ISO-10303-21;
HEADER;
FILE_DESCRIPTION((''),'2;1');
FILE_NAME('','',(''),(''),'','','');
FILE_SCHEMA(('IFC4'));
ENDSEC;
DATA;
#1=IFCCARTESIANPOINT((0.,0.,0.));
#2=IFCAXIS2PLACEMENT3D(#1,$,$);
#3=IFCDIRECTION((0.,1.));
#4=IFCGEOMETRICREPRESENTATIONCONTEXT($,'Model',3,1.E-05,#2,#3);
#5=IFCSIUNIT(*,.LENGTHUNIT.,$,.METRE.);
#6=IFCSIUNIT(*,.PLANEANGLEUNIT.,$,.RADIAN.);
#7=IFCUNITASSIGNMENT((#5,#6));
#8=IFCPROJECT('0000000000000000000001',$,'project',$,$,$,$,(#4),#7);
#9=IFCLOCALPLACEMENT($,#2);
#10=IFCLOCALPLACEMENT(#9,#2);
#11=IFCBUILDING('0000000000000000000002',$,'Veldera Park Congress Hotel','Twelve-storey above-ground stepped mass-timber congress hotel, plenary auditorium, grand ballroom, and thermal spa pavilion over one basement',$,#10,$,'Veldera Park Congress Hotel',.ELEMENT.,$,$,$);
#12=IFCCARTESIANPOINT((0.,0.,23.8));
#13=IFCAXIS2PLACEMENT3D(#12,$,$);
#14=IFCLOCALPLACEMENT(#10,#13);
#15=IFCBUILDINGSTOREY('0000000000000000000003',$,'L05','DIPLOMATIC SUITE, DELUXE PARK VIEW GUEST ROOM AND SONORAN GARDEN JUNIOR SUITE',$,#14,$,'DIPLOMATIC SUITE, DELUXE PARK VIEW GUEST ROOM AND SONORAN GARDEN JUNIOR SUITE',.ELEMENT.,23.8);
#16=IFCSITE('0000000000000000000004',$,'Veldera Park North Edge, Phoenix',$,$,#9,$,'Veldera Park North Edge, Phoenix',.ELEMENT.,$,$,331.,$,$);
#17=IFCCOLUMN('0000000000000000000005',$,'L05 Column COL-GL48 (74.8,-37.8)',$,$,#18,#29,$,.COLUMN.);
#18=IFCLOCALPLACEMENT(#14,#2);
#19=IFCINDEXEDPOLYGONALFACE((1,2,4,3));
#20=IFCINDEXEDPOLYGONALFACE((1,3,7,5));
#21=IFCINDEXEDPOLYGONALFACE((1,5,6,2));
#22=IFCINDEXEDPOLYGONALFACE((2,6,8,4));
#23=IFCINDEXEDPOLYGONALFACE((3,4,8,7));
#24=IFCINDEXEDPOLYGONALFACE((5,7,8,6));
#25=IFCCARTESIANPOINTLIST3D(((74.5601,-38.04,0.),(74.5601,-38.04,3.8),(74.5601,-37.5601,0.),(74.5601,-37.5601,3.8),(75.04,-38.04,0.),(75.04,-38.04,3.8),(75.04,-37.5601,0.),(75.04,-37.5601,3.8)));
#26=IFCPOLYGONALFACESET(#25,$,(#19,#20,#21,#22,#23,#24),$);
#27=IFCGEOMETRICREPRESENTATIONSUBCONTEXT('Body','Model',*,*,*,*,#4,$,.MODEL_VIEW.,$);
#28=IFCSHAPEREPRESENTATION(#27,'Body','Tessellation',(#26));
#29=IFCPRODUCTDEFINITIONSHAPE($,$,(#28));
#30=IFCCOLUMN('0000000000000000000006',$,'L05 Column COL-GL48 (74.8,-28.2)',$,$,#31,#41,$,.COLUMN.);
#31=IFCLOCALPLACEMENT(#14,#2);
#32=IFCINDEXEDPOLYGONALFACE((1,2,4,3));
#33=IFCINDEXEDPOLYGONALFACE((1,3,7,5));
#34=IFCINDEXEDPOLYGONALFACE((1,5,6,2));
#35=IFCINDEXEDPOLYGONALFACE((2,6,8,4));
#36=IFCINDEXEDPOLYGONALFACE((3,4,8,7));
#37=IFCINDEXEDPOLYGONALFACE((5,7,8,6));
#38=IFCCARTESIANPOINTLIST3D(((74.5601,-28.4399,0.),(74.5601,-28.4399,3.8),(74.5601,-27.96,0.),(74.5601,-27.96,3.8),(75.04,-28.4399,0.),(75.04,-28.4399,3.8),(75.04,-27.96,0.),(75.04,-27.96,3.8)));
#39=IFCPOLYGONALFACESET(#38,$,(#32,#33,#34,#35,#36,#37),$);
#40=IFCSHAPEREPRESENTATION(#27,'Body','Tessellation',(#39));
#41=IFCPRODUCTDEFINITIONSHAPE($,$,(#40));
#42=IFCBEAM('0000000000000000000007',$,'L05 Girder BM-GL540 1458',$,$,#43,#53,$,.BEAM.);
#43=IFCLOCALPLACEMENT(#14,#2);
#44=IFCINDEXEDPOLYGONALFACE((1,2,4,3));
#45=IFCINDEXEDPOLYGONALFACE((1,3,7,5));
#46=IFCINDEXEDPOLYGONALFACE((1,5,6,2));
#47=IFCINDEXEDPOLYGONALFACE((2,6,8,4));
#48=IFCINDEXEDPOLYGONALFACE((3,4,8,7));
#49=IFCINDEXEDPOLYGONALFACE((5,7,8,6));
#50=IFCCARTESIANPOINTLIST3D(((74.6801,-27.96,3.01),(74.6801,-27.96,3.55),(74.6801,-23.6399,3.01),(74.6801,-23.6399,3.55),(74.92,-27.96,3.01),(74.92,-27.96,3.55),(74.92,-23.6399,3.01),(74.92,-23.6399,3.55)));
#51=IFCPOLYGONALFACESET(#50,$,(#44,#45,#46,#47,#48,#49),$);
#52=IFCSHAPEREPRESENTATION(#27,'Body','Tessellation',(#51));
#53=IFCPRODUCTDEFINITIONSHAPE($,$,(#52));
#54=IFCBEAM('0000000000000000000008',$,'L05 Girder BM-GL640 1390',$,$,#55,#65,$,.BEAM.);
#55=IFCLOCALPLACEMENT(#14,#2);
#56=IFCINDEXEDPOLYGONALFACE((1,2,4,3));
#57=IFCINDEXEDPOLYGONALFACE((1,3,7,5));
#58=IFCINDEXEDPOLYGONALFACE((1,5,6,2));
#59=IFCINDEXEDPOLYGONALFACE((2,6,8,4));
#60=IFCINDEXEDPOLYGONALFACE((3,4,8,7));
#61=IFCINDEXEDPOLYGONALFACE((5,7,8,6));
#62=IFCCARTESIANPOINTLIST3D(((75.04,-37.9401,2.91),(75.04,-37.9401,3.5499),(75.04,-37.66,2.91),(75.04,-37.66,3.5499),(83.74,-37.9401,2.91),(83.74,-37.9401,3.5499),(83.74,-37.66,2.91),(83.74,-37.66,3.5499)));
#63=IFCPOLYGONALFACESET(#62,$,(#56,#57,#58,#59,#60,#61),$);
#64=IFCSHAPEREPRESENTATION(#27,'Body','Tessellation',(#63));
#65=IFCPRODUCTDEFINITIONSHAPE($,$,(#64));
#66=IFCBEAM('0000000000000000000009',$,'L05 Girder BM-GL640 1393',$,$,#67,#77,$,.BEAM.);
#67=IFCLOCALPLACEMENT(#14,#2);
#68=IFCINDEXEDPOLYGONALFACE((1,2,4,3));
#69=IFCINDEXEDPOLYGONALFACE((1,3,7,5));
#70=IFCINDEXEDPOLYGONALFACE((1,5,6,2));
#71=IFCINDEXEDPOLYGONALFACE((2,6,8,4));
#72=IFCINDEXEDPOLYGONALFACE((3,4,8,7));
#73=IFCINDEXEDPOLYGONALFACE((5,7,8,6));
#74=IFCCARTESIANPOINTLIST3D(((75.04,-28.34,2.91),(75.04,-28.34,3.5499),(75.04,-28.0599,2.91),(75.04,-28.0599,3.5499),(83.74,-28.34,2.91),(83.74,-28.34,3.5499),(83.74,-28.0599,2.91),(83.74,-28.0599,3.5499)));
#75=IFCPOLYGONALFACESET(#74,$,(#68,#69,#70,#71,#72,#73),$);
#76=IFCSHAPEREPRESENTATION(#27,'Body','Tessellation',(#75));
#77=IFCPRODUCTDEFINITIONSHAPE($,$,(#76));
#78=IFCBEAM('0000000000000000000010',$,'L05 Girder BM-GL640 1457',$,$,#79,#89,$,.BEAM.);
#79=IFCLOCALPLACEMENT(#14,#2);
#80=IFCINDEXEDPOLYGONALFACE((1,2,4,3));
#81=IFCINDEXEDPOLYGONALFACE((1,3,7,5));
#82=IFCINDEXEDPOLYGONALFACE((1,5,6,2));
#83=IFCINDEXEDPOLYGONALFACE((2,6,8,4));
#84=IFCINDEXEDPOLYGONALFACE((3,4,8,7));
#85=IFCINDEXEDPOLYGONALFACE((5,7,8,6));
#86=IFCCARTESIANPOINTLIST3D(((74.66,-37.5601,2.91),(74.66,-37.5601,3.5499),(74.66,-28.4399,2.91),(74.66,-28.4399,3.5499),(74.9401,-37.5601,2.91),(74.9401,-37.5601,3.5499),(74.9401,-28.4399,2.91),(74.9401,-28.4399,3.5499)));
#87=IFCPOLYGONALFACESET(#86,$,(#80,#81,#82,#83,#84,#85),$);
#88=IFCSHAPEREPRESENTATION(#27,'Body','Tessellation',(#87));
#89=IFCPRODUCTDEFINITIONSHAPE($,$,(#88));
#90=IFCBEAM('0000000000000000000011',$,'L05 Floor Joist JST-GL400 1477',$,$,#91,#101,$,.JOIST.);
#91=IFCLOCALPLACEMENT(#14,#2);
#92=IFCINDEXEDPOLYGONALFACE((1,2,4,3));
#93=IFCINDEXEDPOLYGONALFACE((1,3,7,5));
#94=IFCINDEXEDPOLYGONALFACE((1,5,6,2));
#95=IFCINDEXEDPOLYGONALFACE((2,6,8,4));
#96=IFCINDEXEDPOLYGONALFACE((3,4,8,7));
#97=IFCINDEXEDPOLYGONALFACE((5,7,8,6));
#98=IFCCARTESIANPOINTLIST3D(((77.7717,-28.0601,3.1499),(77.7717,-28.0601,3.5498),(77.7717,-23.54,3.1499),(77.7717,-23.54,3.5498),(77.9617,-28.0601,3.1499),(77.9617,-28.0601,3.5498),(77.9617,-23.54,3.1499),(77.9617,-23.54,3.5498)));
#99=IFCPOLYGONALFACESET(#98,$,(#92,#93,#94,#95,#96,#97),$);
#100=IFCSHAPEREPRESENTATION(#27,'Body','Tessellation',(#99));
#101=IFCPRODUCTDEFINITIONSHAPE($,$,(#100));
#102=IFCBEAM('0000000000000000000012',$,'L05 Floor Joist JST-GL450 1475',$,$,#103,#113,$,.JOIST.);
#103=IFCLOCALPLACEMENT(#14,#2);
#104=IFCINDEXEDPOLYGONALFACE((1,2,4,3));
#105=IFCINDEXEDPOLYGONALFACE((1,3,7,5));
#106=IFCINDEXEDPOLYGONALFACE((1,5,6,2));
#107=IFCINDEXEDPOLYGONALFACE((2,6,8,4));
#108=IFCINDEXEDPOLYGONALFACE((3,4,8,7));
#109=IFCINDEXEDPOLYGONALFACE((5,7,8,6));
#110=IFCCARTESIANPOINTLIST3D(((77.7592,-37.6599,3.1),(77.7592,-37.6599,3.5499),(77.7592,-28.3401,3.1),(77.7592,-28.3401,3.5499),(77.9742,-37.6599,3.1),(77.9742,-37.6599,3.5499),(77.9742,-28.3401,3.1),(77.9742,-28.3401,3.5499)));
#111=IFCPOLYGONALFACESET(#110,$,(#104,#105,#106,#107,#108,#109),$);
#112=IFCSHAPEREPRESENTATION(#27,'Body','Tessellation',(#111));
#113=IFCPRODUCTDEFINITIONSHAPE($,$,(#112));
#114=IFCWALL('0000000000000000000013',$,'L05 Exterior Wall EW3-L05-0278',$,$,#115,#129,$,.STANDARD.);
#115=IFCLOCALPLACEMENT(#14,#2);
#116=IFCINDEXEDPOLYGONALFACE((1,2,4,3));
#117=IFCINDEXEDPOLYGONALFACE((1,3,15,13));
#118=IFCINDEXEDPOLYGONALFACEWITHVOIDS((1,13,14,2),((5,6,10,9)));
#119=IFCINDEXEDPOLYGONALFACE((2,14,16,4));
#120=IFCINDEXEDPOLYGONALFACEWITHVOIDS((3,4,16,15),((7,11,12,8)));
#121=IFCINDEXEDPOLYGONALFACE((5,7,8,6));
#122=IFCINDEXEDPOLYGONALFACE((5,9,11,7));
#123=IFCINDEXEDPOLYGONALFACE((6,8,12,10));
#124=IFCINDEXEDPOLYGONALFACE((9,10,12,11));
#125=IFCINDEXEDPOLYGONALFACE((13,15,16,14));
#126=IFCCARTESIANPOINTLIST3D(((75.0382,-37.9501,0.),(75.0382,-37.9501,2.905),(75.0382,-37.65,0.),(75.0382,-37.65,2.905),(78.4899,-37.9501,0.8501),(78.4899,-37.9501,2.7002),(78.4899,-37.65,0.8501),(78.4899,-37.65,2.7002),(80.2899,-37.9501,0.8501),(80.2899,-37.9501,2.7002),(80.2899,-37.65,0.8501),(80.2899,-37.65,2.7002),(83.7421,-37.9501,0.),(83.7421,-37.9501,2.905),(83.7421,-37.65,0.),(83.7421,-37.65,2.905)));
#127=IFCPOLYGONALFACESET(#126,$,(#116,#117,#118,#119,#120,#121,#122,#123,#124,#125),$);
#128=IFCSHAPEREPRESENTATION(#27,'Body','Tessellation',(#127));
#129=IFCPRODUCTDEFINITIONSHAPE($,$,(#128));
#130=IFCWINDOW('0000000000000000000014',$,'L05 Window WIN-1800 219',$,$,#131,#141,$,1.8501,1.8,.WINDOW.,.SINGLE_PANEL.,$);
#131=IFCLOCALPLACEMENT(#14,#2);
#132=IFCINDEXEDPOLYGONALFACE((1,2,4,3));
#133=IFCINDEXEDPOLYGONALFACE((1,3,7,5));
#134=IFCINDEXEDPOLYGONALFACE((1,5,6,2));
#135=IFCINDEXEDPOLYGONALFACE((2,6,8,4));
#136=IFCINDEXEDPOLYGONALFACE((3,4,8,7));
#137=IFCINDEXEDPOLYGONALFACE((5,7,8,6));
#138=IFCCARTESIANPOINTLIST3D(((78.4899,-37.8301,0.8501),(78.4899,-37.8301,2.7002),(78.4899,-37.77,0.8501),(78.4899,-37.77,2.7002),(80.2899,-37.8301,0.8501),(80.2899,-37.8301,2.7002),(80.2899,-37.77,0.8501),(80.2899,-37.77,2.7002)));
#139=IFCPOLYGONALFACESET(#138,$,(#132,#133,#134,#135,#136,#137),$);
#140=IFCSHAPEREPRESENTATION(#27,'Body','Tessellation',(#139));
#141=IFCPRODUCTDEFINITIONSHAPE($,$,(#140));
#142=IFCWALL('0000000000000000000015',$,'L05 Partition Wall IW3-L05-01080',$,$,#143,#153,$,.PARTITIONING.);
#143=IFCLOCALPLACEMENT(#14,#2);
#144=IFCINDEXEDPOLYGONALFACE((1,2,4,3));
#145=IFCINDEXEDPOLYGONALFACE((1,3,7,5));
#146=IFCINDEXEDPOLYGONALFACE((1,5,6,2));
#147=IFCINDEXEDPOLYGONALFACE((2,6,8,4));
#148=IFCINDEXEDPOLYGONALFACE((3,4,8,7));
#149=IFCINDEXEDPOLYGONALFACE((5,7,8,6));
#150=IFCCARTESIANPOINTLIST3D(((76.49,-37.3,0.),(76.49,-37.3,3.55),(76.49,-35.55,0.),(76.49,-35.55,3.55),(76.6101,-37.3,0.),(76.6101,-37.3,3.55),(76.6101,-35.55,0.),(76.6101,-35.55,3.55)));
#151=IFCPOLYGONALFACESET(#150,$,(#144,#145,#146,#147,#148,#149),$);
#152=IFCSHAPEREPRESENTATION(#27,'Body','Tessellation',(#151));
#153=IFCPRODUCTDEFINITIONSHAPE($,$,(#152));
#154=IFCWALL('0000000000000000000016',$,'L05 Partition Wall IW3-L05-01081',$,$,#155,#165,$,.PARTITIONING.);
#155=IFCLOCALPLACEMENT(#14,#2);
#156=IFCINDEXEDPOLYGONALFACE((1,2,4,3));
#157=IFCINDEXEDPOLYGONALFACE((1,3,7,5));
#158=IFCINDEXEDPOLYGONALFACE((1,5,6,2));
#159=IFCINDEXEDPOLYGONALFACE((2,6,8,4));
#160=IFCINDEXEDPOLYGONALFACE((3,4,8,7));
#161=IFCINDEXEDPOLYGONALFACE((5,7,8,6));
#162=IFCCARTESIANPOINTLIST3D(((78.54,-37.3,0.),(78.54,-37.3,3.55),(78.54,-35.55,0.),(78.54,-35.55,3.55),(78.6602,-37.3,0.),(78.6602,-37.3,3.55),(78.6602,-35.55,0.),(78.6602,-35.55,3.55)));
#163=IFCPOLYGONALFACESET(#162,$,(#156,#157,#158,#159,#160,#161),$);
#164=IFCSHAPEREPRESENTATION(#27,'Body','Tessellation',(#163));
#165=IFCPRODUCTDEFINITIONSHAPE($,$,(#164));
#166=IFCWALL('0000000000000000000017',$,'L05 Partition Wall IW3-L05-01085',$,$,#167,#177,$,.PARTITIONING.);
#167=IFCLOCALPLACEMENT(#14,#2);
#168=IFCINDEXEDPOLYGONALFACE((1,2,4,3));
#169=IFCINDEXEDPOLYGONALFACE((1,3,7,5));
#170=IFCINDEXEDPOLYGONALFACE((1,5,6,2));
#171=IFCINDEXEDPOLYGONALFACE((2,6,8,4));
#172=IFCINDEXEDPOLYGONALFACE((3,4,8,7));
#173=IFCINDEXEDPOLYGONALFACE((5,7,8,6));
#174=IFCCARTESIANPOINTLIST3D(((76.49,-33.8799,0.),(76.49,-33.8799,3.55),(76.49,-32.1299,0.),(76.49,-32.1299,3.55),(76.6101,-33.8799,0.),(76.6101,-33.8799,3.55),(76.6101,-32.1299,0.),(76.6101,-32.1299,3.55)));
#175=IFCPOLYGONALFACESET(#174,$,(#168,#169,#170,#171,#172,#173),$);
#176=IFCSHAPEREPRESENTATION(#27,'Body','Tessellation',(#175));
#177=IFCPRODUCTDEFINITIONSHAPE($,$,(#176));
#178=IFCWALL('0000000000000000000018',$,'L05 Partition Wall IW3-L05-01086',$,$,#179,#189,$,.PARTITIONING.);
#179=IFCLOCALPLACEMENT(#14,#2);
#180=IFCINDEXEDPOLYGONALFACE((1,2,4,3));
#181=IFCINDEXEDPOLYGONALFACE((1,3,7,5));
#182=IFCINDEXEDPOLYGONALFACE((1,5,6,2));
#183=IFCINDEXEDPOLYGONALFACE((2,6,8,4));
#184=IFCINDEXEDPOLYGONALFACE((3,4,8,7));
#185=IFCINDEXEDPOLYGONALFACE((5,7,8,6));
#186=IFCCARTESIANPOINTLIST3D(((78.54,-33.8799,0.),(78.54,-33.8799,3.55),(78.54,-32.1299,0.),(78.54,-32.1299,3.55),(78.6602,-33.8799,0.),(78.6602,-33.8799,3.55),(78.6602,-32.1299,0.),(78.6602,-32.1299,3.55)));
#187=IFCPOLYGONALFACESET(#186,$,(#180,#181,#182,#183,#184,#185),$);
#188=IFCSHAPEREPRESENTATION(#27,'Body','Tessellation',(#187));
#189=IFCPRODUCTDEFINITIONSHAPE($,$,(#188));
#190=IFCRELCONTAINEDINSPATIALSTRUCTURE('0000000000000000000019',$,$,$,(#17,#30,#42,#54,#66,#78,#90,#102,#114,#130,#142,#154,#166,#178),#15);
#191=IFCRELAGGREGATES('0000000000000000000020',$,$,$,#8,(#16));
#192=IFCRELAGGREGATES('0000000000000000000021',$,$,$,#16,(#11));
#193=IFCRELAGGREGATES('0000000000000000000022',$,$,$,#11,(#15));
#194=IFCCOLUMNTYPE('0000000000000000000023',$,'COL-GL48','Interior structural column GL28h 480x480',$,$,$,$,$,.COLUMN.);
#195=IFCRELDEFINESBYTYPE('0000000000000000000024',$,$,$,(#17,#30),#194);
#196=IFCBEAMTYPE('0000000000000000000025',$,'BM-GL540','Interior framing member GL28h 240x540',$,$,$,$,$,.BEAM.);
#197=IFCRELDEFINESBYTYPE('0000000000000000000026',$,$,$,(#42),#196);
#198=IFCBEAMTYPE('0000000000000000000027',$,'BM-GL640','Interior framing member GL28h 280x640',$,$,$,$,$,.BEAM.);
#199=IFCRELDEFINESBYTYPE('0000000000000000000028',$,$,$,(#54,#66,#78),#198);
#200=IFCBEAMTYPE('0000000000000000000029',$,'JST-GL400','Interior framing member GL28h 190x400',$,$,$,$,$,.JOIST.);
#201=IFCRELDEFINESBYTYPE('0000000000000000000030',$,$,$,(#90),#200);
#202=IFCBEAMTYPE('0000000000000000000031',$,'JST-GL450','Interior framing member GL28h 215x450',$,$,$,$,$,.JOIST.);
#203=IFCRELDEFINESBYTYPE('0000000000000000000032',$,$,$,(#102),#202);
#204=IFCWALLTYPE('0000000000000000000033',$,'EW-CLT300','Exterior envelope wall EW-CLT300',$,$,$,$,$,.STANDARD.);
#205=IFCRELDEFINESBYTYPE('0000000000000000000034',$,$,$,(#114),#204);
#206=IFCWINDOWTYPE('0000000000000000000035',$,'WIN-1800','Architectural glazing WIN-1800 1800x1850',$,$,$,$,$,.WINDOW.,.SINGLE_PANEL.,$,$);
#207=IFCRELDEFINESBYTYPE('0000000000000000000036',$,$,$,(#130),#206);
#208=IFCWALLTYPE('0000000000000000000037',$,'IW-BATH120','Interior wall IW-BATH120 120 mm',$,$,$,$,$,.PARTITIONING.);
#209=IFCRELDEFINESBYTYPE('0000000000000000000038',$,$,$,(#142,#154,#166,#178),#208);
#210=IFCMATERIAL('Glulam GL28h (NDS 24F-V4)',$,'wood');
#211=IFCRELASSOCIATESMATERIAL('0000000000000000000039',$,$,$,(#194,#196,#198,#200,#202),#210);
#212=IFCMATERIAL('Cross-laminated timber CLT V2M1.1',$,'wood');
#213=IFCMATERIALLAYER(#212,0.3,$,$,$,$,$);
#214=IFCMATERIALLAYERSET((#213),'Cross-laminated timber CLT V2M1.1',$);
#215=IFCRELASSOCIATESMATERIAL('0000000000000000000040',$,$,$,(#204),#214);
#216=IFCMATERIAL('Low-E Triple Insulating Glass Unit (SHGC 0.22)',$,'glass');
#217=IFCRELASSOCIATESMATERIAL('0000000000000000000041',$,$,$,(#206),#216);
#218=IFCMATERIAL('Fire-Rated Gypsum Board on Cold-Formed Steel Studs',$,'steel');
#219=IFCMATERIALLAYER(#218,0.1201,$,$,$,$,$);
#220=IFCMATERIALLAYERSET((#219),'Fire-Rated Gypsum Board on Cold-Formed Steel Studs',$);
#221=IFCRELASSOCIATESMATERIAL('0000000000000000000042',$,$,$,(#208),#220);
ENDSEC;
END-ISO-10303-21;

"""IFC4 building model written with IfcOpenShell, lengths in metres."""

from ifc_helpers import new_model, si_unit, direction, frame, frame_2d, origin, origin_2d, place, context, subcontext, project, spatial, rectangle, extrude, material, layer, layer_set, material_profile, profile_set, type_object, element, fill, save


model = new_model("IFC4")

# Units and contexts
model_context = context("Model", 3, precision=1e-05, world=origin(), true_north=direction((0.0, 1.0)))
body_context = subcontext(model_context, "Body", "Model", "MODEL_VIEW")
ifc_project = project(units=[si_unit("LENGTHUNIT", "METRE"), si_unit("PLANEANGLEUNIT", "RADIAN")], contexts=[model_context])

# Site, building, storey
site_placement = place(None, origin())
site = spatial("IfcSite", under=ifc_project, at=site_placement, Name="Veldera Park North Edge, Phoenix", LongName="Veldera Park North Edge, Phoenix", CompositionType="ELEMENT", RefElevation=331.0)
building_placement = place(site_placement, origin())
building = spatial("IfcBuilding", under=site, at=building_placement, Name="Veldera Park Congress Hotel", Description="Twelve-storey above-ground stepped mass-timber congress hotel, plenary auditorium, grand ballroom, and thermal spa pavilion over one basement", LongName="Veldera Park Congress Hotel", CompositionType="ELEMENT")
storey_placement = place(building_placement, frame((0.0, 0.0, 23.8)))
storey = spatial("IfcBuildingStorey", under=building, at=storey_placement, Name="L05", Description="DIPLOMATIC SUITE, DELUXE PARK VIEW GUEST ROOM AND SONORAN GARDEN JUNIOR SUITE", LongName="DIPLOMATIC SUITE, DELUXE PARK VIEW GUEST ROOM AND SONORAN GARDEN JUNIOR SUITE", CompositionType="ELEMENT", Elevation=23.8)

# Columns
ifc_material_1 = material(Name="Glulam GL28h (NDS 24F-V4)", Category="wood")
ifc_material_profile_1 = material_profile(ifc_material_1, rectangle(XDim=0.48, YDim=0.48, at=origin_2d()), Name="GL28h 480x480")
ifc_profile_set_1 = profile_set([ifc_material_profile_1], Name="Glulam GL28h (NDS 24F-V4)")
column_type = type_object("IfcColumnType", Name="COL-GL48", Description="Interior structural column GL28h 480x480", PredefinedType="COLUMN", material=ifc_profile_set_1)
for number, where, z_axis, x_axis, name in (
    (1, (74.8, -37.8, 0.0), (0.0, 0.0, 1.0), (1.0, 0.0, 0.0), "L05 Column COL-GL48 (74.8,-37.8)"),
    (2, (74.8, -28.2, 0.0), (0.0, 0.0, 1.0), (1.0, 0.0, 0.0), "L05 Column COL-GL48 (74.8,-28.2)"),
):
    element("IfcColumn", number, at=place(storey_placement, frame(where, z_axis=z_axis, x_axis=x_axis)), inside=storey, type_object=column_type, Name=name, PredefinedType="COLUMN", context=body_context, shape_type="SweptSolid", body=[
        extrude(rectangle(XDim=0.48, YDim=0.48, at=origin_2d()), origin(), (0.0, 0.0, 1.0), 3.8),
    ])

# Beams
ifc_material_profile_2 = material_profile(ifc_material_1, rectangle(XDim=0.24, YDim=0.54, at=origin_2d()), Name="GL28h 240x540")
ifc_profile_set_2 = profile_set([ifc_material_profile_2], Name="Glulam GL28h (NDS 24F-V4)")
beam_type_1 = type_object("IfcBeamType", Name="BM-GL540", Description="Interior framing member GL28h 240x540", PredefinedType="BEAM", material=ifc_profile_set_2)
beam_1_placement = place(storey_placement, frame((74.8, -27.96, 3.28), z_axis=(0.0, 1.0, 0.0), x_axis=(-1.0, 0.0, 0.0)))
element("IfcBeam", 3, at=beam_1_placement, inside=storey, type_object=beam_type_1, Name="L05 Girder BM-GL540 1458", PredefinedType="BEAM", context=body_context, shape_type="SweptSolid", body=[
    extrude(rectangle(XDim=0.24, YDim=0.54, at=origin_2d()), origin(), (0.0, 0.0, 1.0), 4.3201),
])
ifc_material_profile_3 = material_profile(ifc_material_1, rectangle(XDim=0.28, YDim=0.6399, at=origin_2d()), Name="GL28h 280x640")
ifc_profile_set_3 = profile_set([ifc_material_profile_3], Name="Glulam GL28h (NDS 24F-V4)")
beam_type_2 = type_object("IfcBeamType", Name="BM-GL640", Description="Interior framing member GL28h 280x640", PredefinedType="BEAM", material=ifc_profile_set_3)
for number, where, z_axis, x_axis, name in (
    (4, (75.04, -37.8, 3.23), (1.0, 0.0, 0.0), (0.0, 1.0, 0.0), "L05 Girder BM-GL640 1390"),
    (5, (75.04, -28.2, 3.23), (1.0, 0.0, 0.0), (0.0, 1.0, 0.0), "L05 Girder BM-GL640 1393"),
):
    element("IfcBeam", number, at=place(storey_placement, frame(where, z_axis=z_axis, x_axis=x_axis)), inside=storey, type_object=beam_type_2, Name=name, PredefinedType="BEAM", context=body_context, shape_type="SweptSolid", body=[
        extrude(rectangle(XDim=0.28, YDim=0.6399, at=origin_2d()), origin(), (0.0, 0.0, 1.0), 8.7),
    ])
beam_2_placement = place(storey_placement, frame((74.8, -37.5601, 3.23), z_axis=(0.0, 1.0, 0.0), x_axis=(-1.0, 0.0, 0.0)))
element("IfcBeam", 6, at=beam_2_placement, inside=storey, type_object=beam_type_2, Name="L05 Girder BM-GL640 1457", PredefinedType="BEAM", context=body_context, shape_type="SweptSolid", body=[
    extrude(rectangle(XDim=0.28, YDim=0.6399, at=origin_2d()), origin(), (0.0, 0.0, 1.0), 9.1201),
])
ifc_material_profile_4 = material_profile(ifc_material_1, rectangle(XDim=0.1899, YDim=0.3999, at=origin_2d()), Name="GL28h 190x400")
ifc_profile_set_4 = profile_set([ifc_material_profile_4], Name="Glulam GL28h (NDS 24F-V4)")
beam_type_3 = type_object("IfcBeamType", Name="JST-GL400", Description="Interior framing member GL28h 190x400", PredefinedType="JOIST", material=ifc_profile_set_4)
beam_3_placement = place(storey_placement, frame((77.8667, -28.0601, 3.3499), z_axis=(0.0, 1.0, 0.0), x_axis=(-1.0, 0.0, 0.0)))
element("IfcBeam", 7, at=beam_3_placement, inside=storey, type_object=beam_type_3, Name="L05 Floor Joist JST-GL400 1477", PredefinedType="JOIST", context=body_context, shape_type="SweptSolid", body=[
    extrude(rectangle(XDim=0.1899, YDim=0.3999, at=origin_2d()), origin(), (0.0, 0.0, 1.0), 4.52),
])
ifc_material_profile_5 = material_profile(ifc_material_1, rectangle(XDim=0.2151, YDim=0.45, at=origin_2d()), Name="GL28h 215x450")
ifc_profile_set_5 = profile_set([ifc_material_profile_5], Name="Glulam GL28h (NDS 24F-V4)")
beam_type_4 = type_object("IfcBeamType", Name="JST-GL450", Description="Interior framing member GL28h 215x450", PredefinedType="JOIST", material=ifc_profile_set_5)
beam_4_placement = place(storey_placement, frame((77.8667, -37.6599, 3.325), z_axis=(0.0, 1.0, 0.0), x_axis=(-1.0, 0.0, 0.0)))
element("IfcBeam", 8, at=beam_4_placement, inside=storey, type_object=beam_type_4, Name="L05 Floor Joist JST-GL450 1475", PredefinedType="JOIST", context=body_context, shape_type="SweptSolid", body=[
    extrude(rectangle(XDim=0.2151, YDim=0.45, at=origin_2d()), origin(), (0.0, 0.0, 1.0), 9.3198),
])

# Wall, opening, window
ifc_material_2 = material(Name="Cross-laminated timber CLT V2M1.1", Category="wood")
ifc_layer_1 = layer(ifc_material_2, 0.3)
ifc_layer_set_1 = layer_set([ifc_layer_1], Name="Cross-laminated timber CLT V2M1.1")
wall_type_1 = type_object("IfcWallType", Name="EW-CLT300", Description="Exterior envelope wall EW-CLT300", PredefinedType="STANDARD", material=ifc_layer_set_1)
wall_1_placement = place(storey_placement, frame((75.0381, -37.8, 0.0), z_axis=(0.0, 0.0, 1.0), x_axis=(1.0, 0.0, 0.0)))
wall_1 = element("IfcWall", 9, at=wall_1_placement, inside=storey, type_object=wall_type_1, Name="L05 Exterior Wall EW3-L05-0278", PredefinedType="STANDARD", context=body_context, shape_type="SweptSolid", body=[
    extrude(rectangle(XDim=8.7039, YDim=0.3, at=frame_2d((4.3521, 0.0))), origin(), (0.0, 0.0, 1.0), 2.905),
])
opening_1_placement = place(wall_1_placement, frame((3.4519, 0.0, 0.8501)))
opening_1 = element("IfcOpeningElement", 10, at=opening_1_placement, cuts=wall_1, PredefinedType="OPENING", context=body_context, shape_type="SweptSolid", body=[
    extrude(rectangle(XDim=1.8, YDim=1.8501, at=frame_2d((0.8999, 0.925))), frame((0.0, 0.1621, 0.0), z_axis=(0.0, -1.0, 0.0), x_axis=(1.0, 0.0, 0.0)), (0.0, 0.0, 1.0), 0.324),
])
ifc_material_3 = material(Name="Low-E Triple Insulating Glass Unit (SHGC 0.22)", Category="glass")
window_type = type_object("IfcWindowType", Name="WIN-1800", Description="Architectural glazing WIN-1800 1800x1850", PartitioningType="SINGLE_PANEL", PredefinedType="WINDOW", material=ifc_material_3)
window_placement = place(opening_1_placement, origin())
window = element("IfcWindow", 11, at=window_placement, inside=storey, type_object=window_type, Name="L05 Window WIN-1800 219", OverallHeight=1.8501, OverallWidth=1.8, PartitioningType="SINGLE_PANEL", PredefinedType="WINDOW", context=body_context, shape_type="SweptSolid", body=[
    extrude(rectangle(XDim=1.8, YDim=1.8501, at=frame_2d((0.8999, 0.925))), frame((0.0, 0.03, 0.0), z_axis=(0.0, -1.0, 0.0), x_axis=(1.0, 0.0, 0.0)), (0.0, 0.0, 1.0), 0.0601),
])
fill(opening_1, window)

# Walls
ifc_material_4 = material(Name="Fire-Rated Gypsum Board on Cold-Formed Steel Studs", Category="steel")
ifc_layer_2 = layer(ifc_material_4, 0.1201)
ifc_layer_set_2 = layer_set([ifc_layer_2], Name="Fire-Rated Gypsum Board on Cold-Formed Steel Studs")
wall_type_2 = type_object("IfcWallType", Name="IW-BATH120", Description="Interior wall IW-BATH120 120 mm", PredefinedType="PARTITIONING", material=ifc_layer_set_2)
for number, where, z_axis, x_axis, name in (
    (12, (76.55, -37.3, 0.0), (0.0, 0.0, 1.0), (0.0, 1.0, 0.0), "L05 Partition Wall IW3-L05-01080"),
    (13, (78.6001, -37.3, 0.0), (0.0, 0.0, 1.0), (0.0, 1.0, 0.0), "L05 Partition Wall IW3-L05-01081"),
):
    element("IfcWall", number, at=place(storey_placement, frame(where, z_axis=z_axis, x_axis=x_axis)), inside=storey, type_object=wall_type_2, Name=name, PredefinedType="PARTITIONING", context=body_context, shape_type="SweptSolid", body=[
        extrude(rectangle(XDim=1.75, YDim=0.1201, at=frame_2d((0.875, 0.0))), origin(), (0.0, 0.0, 1.0), 3.55),
    ])

# Walls
for number, where, z_axis, x_axis, name in (
    (14, (76.55, -33.8799, 0.0), (0.0, 0.0, 1.0), (0.0, 1.0, 0.0), "L05 Partition Wall IW3-L05-01085"),
    (15, (78.6001, -33.8799, 0.0), (0.0, 0.0, 1.0), (0.0, 1.0, 0.0), "L05 Partition Wall IW3-L05-01086"),
):
    element("IfcWall", number, at=place(storey_placement, frame(where, z_axis=z_axis, x_axis=x_axis)), inside=storey, type_object=wall_type_2, Name=name, PredefinedType="PARTITIONING", context=body_context, shape_type="SweptSolid", body=[
        extrude(rectangle(XDim=1.75, YDim=0.1201, at=frame_2d((0.875, 0.0))), origin(), (0.0, 0.0, 1.0), 3.55),
    ])

save(model, "model.ifc")
